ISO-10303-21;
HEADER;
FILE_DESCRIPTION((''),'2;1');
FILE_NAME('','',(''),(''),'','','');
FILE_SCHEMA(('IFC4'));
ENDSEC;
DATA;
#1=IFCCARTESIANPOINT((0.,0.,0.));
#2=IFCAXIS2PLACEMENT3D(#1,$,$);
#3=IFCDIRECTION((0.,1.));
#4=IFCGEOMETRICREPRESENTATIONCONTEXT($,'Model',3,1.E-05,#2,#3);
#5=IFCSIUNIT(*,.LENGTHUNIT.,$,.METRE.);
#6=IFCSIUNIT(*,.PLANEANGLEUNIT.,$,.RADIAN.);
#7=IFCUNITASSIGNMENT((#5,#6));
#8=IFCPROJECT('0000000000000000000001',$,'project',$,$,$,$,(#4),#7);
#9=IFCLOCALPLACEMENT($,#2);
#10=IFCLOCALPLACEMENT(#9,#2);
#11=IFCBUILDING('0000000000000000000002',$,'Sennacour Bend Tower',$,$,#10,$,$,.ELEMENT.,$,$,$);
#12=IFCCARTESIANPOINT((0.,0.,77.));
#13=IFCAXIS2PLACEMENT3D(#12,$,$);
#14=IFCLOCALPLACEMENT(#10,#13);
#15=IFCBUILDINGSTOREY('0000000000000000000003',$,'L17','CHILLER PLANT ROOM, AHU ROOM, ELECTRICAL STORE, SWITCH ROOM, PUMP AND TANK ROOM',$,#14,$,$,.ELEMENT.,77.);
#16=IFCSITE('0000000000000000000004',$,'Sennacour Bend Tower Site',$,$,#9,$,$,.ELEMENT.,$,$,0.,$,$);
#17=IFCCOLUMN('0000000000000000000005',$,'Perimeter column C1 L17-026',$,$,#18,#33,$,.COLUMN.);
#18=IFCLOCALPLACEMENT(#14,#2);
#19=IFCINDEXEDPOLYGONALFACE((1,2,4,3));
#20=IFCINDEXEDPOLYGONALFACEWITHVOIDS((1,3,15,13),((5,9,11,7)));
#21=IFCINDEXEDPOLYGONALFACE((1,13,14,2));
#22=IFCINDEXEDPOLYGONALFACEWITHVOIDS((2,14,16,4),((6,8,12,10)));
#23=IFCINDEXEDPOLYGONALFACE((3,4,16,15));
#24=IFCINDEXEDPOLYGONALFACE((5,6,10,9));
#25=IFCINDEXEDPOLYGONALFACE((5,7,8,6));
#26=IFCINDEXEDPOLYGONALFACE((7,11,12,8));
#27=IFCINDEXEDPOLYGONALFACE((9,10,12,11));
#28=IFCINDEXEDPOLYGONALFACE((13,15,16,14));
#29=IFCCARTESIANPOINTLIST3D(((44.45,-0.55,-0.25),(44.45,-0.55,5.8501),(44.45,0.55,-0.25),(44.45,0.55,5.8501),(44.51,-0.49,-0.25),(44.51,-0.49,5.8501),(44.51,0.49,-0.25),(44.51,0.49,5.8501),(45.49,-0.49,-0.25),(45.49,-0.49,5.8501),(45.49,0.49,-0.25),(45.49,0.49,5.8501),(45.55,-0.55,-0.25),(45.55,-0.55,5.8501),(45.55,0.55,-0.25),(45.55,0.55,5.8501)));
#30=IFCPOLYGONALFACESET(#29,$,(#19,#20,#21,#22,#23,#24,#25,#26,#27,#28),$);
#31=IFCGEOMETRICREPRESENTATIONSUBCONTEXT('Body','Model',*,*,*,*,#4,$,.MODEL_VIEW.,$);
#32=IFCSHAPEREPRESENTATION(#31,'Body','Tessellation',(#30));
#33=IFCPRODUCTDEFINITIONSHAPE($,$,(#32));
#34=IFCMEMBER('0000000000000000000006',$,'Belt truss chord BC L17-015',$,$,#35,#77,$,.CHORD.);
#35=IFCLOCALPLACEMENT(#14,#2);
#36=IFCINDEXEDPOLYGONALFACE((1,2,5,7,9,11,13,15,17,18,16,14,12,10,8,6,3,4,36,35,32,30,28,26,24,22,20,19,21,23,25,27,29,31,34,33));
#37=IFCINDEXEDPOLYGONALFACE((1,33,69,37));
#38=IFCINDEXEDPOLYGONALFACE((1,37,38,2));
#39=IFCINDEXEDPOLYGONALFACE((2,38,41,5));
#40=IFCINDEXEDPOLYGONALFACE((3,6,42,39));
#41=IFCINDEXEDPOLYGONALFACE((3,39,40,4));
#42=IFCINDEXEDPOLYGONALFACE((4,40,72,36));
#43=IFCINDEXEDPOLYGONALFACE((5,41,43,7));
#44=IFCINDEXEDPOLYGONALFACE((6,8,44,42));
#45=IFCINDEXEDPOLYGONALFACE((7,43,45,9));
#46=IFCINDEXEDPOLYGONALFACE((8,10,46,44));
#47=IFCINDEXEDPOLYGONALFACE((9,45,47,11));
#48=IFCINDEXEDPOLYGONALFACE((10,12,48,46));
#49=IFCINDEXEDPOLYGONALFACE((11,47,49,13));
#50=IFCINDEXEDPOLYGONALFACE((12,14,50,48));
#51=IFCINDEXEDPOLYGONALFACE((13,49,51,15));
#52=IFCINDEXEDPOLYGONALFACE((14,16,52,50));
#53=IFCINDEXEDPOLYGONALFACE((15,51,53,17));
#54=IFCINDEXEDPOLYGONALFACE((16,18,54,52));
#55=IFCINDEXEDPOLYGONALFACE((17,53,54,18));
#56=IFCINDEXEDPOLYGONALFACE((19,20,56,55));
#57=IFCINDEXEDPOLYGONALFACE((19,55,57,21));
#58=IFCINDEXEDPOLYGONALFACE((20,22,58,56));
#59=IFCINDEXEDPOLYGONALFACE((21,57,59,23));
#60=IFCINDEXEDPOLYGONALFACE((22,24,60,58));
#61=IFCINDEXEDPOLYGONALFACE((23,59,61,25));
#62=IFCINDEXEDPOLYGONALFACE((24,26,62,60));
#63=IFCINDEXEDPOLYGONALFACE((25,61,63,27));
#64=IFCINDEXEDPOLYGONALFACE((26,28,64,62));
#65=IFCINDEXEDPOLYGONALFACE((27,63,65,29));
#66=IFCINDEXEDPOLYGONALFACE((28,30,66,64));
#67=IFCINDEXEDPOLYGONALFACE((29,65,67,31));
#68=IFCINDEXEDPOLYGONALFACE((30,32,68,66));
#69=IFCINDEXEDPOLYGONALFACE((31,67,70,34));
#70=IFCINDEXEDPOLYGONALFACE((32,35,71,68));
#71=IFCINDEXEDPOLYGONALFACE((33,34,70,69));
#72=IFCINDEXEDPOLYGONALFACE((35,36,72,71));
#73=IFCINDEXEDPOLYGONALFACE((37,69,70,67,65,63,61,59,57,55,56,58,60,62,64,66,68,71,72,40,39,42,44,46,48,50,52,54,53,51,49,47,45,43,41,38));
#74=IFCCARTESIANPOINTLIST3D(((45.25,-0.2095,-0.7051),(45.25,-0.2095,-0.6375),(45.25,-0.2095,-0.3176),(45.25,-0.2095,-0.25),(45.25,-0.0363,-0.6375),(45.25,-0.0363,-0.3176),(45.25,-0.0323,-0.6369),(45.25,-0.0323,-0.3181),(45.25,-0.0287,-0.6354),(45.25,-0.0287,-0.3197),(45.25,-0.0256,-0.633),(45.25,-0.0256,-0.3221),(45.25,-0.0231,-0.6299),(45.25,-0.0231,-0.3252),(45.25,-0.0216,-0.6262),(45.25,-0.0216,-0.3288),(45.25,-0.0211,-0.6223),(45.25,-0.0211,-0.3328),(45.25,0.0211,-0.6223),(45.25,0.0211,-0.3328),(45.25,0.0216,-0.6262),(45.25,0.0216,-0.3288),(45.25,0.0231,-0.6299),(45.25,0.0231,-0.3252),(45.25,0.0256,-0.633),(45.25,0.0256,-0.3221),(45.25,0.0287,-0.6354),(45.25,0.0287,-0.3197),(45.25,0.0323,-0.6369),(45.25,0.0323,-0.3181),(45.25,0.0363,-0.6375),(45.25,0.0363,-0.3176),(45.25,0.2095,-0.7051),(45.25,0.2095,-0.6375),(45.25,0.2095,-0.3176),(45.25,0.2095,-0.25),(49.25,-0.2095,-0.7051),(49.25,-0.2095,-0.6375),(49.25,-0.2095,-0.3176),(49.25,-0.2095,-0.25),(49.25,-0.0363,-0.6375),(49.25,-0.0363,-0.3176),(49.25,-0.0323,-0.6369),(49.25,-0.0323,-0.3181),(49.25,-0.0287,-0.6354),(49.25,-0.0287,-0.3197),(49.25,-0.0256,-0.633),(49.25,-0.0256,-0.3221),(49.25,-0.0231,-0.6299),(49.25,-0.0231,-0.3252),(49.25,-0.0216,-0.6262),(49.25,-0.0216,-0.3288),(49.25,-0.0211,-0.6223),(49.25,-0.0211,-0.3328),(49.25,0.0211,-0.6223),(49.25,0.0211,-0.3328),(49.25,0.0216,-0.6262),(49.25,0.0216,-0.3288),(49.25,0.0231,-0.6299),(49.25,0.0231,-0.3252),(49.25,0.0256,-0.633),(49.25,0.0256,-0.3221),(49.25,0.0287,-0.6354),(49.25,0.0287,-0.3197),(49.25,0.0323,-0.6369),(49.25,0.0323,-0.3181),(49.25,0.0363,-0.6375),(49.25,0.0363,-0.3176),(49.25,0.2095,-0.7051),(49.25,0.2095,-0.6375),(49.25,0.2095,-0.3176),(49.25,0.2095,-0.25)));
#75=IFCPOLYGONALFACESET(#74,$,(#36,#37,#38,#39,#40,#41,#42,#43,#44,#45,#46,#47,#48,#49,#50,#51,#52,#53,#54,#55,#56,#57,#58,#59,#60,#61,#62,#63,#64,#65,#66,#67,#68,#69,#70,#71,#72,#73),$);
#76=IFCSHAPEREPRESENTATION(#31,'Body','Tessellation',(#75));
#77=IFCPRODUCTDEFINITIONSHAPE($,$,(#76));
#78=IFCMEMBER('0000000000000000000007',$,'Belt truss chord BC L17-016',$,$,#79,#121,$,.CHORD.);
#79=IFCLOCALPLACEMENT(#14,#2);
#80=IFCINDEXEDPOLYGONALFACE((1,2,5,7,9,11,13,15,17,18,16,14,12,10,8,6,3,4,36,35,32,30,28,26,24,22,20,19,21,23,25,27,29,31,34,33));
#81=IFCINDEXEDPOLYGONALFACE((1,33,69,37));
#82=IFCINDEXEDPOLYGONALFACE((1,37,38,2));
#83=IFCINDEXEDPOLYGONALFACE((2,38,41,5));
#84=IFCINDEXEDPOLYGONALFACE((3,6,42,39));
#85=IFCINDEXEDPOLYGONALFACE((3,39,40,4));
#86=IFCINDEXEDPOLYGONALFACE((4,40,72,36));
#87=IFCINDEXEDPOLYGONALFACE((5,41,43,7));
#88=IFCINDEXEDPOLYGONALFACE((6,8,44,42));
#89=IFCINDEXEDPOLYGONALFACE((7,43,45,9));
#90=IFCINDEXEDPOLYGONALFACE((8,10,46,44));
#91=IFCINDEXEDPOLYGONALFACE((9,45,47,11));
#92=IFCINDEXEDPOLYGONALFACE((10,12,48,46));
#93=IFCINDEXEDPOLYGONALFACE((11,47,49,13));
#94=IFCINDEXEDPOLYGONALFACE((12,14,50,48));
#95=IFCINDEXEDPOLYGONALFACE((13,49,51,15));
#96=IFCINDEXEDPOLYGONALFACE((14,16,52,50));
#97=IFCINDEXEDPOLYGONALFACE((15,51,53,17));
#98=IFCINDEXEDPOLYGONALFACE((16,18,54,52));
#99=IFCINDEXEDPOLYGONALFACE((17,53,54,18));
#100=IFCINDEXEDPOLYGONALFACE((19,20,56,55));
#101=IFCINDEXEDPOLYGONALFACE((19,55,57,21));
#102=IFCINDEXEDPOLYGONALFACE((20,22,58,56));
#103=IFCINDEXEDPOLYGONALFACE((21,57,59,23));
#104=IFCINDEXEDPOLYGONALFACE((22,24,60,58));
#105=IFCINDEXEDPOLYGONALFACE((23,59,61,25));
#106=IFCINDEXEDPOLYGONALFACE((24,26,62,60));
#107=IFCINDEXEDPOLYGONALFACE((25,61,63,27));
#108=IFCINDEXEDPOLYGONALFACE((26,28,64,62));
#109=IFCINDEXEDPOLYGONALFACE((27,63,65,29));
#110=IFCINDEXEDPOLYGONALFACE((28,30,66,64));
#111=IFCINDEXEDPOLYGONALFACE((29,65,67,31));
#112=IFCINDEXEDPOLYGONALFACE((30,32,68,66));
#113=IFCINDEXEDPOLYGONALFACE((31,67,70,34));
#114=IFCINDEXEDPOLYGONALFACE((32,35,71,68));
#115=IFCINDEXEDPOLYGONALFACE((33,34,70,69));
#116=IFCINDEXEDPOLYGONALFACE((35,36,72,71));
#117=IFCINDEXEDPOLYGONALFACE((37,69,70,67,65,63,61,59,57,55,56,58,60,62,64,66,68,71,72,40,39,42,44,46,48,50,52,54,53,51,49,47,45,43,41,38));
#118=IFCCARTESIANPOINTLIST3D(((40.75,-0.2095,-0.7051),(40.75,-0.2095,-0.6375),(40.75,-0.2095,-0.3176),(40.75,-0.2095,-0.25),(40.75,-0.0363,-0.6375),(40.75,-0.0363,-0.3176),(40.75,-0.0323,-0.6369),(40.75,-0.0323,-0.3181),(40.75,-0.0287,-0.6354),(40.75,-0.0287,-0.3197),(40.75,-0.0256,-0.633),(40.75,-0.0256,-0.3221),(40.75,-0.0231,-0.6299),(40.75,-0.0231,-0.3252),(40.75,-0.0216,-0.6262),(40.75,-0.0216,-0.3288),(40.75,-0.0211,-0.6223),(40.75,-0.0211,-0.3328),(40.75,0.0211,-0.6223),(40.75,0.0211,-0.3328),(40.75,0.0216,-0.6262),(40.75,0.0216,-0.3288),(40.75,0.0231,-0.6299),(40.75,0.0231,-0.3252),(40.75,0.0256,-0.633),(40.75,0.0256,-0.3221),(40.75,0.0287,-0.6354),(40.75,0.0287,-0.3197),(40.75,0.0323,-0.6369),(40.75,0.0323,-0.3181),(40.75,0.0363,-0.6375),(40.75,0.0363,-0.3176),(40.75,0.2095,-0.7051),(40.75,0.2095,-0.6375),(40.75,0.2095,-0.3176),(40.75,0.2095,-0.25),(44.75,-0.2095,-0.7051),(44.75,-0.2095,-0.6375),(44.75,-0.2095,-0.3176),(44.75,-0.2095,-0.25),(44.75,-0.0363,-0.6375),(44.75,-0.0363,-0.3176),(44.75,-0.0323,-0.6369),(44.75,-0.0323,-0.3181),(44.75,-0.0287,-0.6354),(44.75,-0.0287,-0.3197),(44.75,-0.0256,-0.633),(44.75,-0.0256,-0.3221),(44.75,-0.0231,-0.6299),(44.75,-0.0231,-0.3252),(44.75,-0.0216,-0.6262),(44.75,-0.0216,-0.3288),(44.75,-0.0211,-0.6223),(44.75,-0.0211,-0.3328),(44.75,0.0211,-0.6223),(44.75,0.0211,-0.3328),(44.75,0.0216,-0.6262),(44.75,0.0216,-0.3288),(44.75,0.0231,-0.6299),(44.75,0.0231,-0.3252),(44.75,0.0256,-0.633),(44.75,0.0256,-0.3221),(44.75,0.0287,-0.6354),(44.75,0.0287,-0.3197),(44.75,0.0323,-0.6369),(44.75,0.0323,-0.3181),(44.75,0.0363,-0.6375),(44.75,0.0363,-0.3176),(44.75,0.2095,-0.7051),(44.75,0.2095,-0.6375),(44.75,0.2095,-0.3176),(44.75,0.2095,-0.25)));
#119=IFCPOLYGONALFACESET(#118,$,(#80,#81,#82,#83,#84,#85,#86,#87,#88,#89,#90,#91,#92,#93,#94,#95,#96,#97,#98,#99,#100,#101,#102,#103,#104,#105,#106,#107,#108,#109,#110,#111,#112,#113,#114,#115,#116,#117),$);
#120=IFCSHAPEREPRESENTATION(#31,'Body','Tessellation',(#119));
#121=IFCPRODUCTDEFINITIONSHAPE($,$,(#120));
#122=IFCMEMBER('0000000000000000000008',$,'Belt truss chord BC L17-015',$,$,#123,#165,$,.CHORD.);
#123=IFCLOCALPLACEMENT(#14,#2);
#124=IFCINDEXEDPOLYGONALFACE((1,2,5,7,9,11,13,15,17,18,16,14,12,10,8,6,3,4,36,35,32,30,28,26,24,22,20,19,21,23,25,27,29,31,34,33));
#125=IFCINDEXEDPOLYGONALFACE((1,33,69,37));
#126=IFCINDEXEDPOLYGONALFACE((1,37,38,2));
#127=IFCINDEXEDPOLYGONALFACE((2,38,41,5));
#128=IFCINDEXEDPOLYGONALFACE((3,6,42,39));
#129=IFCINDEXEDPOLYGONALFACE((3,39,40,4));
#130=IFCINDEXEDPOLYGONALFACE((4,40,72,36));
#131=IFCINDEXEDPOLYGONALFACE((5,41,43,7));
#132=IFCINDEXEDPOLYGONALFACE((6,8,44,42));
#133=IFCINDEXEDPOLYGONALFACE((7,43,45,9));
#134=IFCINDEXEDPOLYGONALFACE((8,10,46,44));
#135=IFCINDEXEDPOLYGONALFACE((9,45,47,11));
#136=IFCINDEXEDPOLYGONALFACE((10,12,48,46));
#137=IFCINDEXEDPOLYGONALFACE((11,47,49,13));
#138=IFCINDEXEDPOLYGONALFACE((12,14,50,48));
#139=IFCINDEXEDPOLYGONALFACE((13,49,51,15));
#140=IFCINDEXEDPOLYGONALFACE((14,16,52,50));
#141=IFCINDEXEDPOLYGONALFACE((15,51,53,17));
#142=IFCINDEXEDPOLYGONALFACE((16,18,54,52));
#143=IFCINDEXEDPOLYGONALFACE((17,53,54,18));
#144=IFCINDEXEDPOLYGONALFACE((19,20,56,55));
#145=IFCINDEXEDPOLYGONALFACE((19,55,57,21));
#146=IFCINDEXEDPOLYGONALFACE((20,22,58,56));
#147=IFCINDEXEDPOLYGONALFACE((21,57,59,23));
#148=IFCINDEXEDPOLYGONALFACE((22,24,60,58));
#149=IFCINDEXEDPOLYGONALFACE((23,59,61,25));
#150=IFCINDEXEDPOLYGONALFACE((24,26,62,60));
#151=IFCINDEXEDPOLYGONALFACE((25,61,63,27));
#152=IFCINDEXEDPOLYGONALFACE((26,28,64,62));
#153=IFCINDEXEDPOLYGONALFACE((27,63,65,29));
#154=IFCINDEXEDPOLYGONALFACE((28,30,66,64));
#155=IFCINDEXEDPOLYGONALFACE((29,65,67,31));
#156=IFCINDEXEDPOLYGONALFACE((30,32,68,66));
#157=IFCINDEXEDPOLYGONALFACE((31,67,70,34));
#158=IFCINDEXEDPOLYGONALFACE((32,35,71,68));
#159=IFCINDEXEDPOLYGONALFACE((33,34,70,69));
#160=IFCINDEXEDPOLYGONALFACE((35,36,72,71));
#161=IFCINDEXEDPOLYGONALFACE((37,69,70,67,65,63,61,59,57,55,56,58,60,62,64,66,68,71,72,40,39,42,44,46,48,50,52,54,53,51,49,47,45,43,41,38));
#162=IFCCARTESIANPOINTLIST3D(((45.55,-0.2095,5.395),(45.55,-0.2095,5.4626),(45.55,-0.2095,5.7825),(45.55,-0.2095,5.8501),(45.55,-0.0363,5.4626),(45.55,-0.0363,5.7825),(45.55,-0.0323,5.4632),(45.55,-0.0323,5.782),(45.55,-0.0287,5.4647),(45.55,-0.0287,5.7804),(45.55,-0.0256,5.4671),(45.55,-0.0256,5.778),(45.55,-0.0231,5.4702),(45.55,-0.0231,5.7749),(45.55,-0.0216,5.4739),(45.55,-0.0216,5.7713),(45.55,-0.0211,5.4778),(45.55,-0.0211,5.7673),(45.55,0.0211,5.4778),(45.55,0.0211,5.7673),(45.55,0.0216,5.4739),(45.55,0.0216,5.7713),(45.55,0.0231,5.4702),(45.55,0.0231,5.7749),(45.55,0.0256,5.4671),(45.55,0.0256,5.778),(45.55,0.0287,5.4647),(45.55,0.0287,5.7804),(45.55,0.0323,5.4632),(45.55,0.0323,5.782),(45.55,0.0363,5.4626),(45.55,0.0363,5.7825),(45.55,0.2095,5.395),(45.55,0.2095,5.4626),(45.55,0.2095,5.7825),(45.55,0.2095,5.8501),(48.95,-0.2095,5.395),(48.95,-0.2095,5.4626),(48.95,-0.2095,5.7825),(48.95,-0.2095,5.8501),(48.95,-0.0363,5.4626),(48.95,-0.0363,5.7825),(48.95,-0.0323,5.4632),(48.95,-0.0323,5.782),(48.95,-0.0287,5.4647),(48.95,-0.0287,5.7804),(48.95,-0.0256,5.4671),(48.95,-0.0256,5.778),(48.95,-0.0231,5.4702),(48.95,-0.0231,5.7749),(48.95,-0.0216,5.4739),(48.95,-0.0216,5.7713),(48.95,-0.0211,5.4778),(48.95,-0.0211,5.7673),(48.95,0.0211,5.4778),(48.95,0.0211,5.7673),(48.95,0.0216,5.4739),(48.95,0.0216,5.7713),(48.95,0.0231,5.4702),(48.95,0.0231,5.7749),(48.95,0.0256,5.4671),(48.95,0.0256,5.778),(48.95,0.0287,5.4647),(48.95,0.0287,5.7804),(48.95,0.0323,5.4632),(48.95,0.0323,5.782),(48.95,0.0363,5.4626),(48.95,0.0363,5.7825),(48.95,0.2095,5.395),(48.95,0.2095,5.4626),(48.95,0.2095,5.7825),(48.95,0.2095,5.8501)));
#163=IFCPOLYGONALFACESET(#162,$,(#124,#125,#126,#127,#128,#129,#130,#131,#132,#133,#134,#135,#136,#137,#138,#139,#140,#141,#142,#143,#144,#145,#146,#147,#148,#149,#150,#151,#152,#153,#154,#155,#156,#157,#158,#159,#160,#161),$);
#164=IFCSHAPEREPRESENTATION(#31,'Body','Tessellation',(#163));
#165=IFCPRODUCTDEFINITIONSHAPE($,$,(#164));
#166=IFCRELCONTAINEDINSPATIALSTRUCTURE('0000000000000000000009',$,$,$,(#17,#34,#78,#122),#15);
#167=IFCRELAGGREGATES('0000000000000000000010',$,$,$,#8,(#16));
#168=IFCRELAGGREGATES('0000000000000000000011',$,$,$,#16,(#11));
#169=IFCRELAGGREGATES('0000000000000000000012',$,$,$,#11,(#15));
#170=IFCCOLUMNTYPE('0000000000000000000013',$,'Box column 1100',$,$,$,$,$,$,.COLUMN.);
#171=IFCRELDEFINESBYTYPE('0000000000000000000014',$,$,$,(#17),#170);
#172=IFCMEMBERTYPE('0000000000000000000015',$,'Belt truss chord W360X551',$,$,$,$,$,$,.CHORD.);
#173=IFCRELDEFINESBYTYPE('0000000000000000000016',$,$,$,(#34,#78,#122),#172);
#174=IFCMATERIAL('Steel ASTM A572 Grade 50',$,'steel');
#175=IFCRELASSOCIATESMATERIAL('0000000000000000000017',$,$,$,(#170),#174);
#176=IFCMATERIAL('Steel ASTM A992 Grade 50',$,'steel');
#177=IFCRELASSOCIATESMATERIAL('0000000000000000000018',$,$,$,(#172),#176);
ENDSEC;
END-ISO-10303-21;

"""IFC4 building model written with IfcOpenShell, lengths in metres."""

from ifc_helpers import new_model, si_unit, direction, frame, origin, origin_2d, place, context, subcontext, project, spatial, hollow_rectangle, i_section, extrude, material, material_profile, profile_set, type_object, element, save


model = new_model("IFC4")

# Units and contexts
model_context = context("Model", 3, precision=1e-05, world=origin(), true_north=direction((0.0, 1.0)))
body_context = subcontext(model_context, "Body", "Model", "MODEL_VIEW")
ifc_project = project(units=[si_unit("LENGTHUNIT", "METRE"), si_unit("PLANEANGLEUNIT", "RADIAN")], contexts=[model_context])

# Site, building, storey
site_placement = place(None, origin())
site = spatial("IfcSite", under=ifc_project, at=site_placement, Name="Sennacour Bend Tower Site", CompositionType="ELEMENT", RefElevation=0.0)
building_placement = place(site_placement, origin())
building = spatial("IfcBuilding", under=site, at=building_placement, Name="Sennacour Bend Tower", CompositionType="ELEMENT")
storey_placement = place(building_placement, frame((0.0, 0.0, 77.0)))
storey = spatial("IfcBuildingStorey", under=building, at=storey_placement, Name="L17", Description="CHILLER PLANT ROOM, AHU ROOM, ELECTRICAL STORE, SWITCH ROOM, PUMP AND TANK ROOM", CompositionType="ELEMENT", Elevation=77.0)

# Column
ifc_material_1 = material(Name="Steel ASTM A572 Grade 50", Category="steel")
ifc_material_profile_1 = material_profile(ifc_material_1, hollow_rectangle(XDim=1.1001, YDim=1.1001, WallThickness=0.0601, at=origin_2d()), Name="Steel ASTM A572 Grade 50", Category="steel")
ifc_profile_set_1 = profile_set([ifc_material_profile_1], Name="Steel ASTM A572 Grade 50")
column_type = type_object("IfcColumnType", Name="Box column 1100", PredefinedType="COLUMN", material=ifc_profile_set_1)
column_placement = place(storey_placement, frame((45.0, 0.0, -0.25), z_axis=(0.0, 0.0, 1.0), x_axis=(1.0, 0.0, 0.0)))
element("IfcColumn", 1, at=column_placement, inside=storey, type_object=column_type, Name="Perimeter column C1 L17-026", PredefinedType="COLUMN", context=body_context, shape_type="SweptSolid", body=[
    extrude(hollow_rectangle(XDim=1.1001, YDim=1.1001, WallThickness=0.0601, at=origin_2d()), origin(), (0.0, 0.0, 1.0), 6.1001),
])

# Members
ifc_material_2 = material(Name="Steel ASTM A992 Grade 50", Category="steel")
ifc_material_profile_2 = material_profile(ifc_material_2, i_section(OverallWidth=0.4189, OverallDepth=0.4551, WebThickness=0.0422, FlangeThickness=0.0676, FilletRadius=0.0151, at=origin_2d()), Name="Steel ASTM A992 Grade 50", Category="steel")
ifc_profile_set_2 = profile_set([ifc_material_profile_2], Name="Steel ASTM A992 Grade 50")
member_type_1 = type_object("IfcMemberType", Name="Belt truss chord W360X551", PredefinedType="CHORD", material=ifc_profile_set_2)
for number, where, z_axis, x_axis, name in (
    (2, (49.25, 0.0, -0.4775), (-1.0, 0.0, 0.0), (0.0, -1.0, 0.0), "Belt truss chord BC L17-015"),
    (3, (44.75, 0.0, -0.4775), (-1.0, 0.0, 0.0), (0.0, -1.0, 0.0), "Belt truss chord BC L17-016"),
):
    element("IfcMember", number, at=place(storey_placement, frame(where, z_axis=z_axis, x_axis=x_axis)), inside=storey, type_object=member_type_1, Name=name, PredefinedType="CHORD", context=body_context, shape_type="SweptSolid", body=[
        extrude(i_section(OverallWidth=0.4189, OverallDepth=0.4551, WebThickness=0.0422, FlangeThickness=0.0676, FilletRadius=0.0151, at=origin_2d()), origin(), (0.0, 0.0, 1.0), 4.0),
    ])
member_1_placement = place(storey_placement, frame((48.95, 0.0, 5.6226), z_axis=(-1.0, 0.0, 0.0), x_axis=(0.0, -1.0, 0.0)))
element("IfcMember", 4, at=member_1_placement, inside=storey, type_object=member_type_1, Name="Belt truss chord BC L17-015", PredefinedType="CHORD", context=body_context, shape_type="SweptSolid", body=[
    extrude(i_section(OverallWidth=0.4189, OverallDepth=0.4551, WebThickness=0.0422, FlangeThickness=0.0676, FilletRadius=0.0151, at=origin_2d()), origin(), (0.0, 0.0, 1.0), 3.3999),
])

save(model, "model.ifc")
